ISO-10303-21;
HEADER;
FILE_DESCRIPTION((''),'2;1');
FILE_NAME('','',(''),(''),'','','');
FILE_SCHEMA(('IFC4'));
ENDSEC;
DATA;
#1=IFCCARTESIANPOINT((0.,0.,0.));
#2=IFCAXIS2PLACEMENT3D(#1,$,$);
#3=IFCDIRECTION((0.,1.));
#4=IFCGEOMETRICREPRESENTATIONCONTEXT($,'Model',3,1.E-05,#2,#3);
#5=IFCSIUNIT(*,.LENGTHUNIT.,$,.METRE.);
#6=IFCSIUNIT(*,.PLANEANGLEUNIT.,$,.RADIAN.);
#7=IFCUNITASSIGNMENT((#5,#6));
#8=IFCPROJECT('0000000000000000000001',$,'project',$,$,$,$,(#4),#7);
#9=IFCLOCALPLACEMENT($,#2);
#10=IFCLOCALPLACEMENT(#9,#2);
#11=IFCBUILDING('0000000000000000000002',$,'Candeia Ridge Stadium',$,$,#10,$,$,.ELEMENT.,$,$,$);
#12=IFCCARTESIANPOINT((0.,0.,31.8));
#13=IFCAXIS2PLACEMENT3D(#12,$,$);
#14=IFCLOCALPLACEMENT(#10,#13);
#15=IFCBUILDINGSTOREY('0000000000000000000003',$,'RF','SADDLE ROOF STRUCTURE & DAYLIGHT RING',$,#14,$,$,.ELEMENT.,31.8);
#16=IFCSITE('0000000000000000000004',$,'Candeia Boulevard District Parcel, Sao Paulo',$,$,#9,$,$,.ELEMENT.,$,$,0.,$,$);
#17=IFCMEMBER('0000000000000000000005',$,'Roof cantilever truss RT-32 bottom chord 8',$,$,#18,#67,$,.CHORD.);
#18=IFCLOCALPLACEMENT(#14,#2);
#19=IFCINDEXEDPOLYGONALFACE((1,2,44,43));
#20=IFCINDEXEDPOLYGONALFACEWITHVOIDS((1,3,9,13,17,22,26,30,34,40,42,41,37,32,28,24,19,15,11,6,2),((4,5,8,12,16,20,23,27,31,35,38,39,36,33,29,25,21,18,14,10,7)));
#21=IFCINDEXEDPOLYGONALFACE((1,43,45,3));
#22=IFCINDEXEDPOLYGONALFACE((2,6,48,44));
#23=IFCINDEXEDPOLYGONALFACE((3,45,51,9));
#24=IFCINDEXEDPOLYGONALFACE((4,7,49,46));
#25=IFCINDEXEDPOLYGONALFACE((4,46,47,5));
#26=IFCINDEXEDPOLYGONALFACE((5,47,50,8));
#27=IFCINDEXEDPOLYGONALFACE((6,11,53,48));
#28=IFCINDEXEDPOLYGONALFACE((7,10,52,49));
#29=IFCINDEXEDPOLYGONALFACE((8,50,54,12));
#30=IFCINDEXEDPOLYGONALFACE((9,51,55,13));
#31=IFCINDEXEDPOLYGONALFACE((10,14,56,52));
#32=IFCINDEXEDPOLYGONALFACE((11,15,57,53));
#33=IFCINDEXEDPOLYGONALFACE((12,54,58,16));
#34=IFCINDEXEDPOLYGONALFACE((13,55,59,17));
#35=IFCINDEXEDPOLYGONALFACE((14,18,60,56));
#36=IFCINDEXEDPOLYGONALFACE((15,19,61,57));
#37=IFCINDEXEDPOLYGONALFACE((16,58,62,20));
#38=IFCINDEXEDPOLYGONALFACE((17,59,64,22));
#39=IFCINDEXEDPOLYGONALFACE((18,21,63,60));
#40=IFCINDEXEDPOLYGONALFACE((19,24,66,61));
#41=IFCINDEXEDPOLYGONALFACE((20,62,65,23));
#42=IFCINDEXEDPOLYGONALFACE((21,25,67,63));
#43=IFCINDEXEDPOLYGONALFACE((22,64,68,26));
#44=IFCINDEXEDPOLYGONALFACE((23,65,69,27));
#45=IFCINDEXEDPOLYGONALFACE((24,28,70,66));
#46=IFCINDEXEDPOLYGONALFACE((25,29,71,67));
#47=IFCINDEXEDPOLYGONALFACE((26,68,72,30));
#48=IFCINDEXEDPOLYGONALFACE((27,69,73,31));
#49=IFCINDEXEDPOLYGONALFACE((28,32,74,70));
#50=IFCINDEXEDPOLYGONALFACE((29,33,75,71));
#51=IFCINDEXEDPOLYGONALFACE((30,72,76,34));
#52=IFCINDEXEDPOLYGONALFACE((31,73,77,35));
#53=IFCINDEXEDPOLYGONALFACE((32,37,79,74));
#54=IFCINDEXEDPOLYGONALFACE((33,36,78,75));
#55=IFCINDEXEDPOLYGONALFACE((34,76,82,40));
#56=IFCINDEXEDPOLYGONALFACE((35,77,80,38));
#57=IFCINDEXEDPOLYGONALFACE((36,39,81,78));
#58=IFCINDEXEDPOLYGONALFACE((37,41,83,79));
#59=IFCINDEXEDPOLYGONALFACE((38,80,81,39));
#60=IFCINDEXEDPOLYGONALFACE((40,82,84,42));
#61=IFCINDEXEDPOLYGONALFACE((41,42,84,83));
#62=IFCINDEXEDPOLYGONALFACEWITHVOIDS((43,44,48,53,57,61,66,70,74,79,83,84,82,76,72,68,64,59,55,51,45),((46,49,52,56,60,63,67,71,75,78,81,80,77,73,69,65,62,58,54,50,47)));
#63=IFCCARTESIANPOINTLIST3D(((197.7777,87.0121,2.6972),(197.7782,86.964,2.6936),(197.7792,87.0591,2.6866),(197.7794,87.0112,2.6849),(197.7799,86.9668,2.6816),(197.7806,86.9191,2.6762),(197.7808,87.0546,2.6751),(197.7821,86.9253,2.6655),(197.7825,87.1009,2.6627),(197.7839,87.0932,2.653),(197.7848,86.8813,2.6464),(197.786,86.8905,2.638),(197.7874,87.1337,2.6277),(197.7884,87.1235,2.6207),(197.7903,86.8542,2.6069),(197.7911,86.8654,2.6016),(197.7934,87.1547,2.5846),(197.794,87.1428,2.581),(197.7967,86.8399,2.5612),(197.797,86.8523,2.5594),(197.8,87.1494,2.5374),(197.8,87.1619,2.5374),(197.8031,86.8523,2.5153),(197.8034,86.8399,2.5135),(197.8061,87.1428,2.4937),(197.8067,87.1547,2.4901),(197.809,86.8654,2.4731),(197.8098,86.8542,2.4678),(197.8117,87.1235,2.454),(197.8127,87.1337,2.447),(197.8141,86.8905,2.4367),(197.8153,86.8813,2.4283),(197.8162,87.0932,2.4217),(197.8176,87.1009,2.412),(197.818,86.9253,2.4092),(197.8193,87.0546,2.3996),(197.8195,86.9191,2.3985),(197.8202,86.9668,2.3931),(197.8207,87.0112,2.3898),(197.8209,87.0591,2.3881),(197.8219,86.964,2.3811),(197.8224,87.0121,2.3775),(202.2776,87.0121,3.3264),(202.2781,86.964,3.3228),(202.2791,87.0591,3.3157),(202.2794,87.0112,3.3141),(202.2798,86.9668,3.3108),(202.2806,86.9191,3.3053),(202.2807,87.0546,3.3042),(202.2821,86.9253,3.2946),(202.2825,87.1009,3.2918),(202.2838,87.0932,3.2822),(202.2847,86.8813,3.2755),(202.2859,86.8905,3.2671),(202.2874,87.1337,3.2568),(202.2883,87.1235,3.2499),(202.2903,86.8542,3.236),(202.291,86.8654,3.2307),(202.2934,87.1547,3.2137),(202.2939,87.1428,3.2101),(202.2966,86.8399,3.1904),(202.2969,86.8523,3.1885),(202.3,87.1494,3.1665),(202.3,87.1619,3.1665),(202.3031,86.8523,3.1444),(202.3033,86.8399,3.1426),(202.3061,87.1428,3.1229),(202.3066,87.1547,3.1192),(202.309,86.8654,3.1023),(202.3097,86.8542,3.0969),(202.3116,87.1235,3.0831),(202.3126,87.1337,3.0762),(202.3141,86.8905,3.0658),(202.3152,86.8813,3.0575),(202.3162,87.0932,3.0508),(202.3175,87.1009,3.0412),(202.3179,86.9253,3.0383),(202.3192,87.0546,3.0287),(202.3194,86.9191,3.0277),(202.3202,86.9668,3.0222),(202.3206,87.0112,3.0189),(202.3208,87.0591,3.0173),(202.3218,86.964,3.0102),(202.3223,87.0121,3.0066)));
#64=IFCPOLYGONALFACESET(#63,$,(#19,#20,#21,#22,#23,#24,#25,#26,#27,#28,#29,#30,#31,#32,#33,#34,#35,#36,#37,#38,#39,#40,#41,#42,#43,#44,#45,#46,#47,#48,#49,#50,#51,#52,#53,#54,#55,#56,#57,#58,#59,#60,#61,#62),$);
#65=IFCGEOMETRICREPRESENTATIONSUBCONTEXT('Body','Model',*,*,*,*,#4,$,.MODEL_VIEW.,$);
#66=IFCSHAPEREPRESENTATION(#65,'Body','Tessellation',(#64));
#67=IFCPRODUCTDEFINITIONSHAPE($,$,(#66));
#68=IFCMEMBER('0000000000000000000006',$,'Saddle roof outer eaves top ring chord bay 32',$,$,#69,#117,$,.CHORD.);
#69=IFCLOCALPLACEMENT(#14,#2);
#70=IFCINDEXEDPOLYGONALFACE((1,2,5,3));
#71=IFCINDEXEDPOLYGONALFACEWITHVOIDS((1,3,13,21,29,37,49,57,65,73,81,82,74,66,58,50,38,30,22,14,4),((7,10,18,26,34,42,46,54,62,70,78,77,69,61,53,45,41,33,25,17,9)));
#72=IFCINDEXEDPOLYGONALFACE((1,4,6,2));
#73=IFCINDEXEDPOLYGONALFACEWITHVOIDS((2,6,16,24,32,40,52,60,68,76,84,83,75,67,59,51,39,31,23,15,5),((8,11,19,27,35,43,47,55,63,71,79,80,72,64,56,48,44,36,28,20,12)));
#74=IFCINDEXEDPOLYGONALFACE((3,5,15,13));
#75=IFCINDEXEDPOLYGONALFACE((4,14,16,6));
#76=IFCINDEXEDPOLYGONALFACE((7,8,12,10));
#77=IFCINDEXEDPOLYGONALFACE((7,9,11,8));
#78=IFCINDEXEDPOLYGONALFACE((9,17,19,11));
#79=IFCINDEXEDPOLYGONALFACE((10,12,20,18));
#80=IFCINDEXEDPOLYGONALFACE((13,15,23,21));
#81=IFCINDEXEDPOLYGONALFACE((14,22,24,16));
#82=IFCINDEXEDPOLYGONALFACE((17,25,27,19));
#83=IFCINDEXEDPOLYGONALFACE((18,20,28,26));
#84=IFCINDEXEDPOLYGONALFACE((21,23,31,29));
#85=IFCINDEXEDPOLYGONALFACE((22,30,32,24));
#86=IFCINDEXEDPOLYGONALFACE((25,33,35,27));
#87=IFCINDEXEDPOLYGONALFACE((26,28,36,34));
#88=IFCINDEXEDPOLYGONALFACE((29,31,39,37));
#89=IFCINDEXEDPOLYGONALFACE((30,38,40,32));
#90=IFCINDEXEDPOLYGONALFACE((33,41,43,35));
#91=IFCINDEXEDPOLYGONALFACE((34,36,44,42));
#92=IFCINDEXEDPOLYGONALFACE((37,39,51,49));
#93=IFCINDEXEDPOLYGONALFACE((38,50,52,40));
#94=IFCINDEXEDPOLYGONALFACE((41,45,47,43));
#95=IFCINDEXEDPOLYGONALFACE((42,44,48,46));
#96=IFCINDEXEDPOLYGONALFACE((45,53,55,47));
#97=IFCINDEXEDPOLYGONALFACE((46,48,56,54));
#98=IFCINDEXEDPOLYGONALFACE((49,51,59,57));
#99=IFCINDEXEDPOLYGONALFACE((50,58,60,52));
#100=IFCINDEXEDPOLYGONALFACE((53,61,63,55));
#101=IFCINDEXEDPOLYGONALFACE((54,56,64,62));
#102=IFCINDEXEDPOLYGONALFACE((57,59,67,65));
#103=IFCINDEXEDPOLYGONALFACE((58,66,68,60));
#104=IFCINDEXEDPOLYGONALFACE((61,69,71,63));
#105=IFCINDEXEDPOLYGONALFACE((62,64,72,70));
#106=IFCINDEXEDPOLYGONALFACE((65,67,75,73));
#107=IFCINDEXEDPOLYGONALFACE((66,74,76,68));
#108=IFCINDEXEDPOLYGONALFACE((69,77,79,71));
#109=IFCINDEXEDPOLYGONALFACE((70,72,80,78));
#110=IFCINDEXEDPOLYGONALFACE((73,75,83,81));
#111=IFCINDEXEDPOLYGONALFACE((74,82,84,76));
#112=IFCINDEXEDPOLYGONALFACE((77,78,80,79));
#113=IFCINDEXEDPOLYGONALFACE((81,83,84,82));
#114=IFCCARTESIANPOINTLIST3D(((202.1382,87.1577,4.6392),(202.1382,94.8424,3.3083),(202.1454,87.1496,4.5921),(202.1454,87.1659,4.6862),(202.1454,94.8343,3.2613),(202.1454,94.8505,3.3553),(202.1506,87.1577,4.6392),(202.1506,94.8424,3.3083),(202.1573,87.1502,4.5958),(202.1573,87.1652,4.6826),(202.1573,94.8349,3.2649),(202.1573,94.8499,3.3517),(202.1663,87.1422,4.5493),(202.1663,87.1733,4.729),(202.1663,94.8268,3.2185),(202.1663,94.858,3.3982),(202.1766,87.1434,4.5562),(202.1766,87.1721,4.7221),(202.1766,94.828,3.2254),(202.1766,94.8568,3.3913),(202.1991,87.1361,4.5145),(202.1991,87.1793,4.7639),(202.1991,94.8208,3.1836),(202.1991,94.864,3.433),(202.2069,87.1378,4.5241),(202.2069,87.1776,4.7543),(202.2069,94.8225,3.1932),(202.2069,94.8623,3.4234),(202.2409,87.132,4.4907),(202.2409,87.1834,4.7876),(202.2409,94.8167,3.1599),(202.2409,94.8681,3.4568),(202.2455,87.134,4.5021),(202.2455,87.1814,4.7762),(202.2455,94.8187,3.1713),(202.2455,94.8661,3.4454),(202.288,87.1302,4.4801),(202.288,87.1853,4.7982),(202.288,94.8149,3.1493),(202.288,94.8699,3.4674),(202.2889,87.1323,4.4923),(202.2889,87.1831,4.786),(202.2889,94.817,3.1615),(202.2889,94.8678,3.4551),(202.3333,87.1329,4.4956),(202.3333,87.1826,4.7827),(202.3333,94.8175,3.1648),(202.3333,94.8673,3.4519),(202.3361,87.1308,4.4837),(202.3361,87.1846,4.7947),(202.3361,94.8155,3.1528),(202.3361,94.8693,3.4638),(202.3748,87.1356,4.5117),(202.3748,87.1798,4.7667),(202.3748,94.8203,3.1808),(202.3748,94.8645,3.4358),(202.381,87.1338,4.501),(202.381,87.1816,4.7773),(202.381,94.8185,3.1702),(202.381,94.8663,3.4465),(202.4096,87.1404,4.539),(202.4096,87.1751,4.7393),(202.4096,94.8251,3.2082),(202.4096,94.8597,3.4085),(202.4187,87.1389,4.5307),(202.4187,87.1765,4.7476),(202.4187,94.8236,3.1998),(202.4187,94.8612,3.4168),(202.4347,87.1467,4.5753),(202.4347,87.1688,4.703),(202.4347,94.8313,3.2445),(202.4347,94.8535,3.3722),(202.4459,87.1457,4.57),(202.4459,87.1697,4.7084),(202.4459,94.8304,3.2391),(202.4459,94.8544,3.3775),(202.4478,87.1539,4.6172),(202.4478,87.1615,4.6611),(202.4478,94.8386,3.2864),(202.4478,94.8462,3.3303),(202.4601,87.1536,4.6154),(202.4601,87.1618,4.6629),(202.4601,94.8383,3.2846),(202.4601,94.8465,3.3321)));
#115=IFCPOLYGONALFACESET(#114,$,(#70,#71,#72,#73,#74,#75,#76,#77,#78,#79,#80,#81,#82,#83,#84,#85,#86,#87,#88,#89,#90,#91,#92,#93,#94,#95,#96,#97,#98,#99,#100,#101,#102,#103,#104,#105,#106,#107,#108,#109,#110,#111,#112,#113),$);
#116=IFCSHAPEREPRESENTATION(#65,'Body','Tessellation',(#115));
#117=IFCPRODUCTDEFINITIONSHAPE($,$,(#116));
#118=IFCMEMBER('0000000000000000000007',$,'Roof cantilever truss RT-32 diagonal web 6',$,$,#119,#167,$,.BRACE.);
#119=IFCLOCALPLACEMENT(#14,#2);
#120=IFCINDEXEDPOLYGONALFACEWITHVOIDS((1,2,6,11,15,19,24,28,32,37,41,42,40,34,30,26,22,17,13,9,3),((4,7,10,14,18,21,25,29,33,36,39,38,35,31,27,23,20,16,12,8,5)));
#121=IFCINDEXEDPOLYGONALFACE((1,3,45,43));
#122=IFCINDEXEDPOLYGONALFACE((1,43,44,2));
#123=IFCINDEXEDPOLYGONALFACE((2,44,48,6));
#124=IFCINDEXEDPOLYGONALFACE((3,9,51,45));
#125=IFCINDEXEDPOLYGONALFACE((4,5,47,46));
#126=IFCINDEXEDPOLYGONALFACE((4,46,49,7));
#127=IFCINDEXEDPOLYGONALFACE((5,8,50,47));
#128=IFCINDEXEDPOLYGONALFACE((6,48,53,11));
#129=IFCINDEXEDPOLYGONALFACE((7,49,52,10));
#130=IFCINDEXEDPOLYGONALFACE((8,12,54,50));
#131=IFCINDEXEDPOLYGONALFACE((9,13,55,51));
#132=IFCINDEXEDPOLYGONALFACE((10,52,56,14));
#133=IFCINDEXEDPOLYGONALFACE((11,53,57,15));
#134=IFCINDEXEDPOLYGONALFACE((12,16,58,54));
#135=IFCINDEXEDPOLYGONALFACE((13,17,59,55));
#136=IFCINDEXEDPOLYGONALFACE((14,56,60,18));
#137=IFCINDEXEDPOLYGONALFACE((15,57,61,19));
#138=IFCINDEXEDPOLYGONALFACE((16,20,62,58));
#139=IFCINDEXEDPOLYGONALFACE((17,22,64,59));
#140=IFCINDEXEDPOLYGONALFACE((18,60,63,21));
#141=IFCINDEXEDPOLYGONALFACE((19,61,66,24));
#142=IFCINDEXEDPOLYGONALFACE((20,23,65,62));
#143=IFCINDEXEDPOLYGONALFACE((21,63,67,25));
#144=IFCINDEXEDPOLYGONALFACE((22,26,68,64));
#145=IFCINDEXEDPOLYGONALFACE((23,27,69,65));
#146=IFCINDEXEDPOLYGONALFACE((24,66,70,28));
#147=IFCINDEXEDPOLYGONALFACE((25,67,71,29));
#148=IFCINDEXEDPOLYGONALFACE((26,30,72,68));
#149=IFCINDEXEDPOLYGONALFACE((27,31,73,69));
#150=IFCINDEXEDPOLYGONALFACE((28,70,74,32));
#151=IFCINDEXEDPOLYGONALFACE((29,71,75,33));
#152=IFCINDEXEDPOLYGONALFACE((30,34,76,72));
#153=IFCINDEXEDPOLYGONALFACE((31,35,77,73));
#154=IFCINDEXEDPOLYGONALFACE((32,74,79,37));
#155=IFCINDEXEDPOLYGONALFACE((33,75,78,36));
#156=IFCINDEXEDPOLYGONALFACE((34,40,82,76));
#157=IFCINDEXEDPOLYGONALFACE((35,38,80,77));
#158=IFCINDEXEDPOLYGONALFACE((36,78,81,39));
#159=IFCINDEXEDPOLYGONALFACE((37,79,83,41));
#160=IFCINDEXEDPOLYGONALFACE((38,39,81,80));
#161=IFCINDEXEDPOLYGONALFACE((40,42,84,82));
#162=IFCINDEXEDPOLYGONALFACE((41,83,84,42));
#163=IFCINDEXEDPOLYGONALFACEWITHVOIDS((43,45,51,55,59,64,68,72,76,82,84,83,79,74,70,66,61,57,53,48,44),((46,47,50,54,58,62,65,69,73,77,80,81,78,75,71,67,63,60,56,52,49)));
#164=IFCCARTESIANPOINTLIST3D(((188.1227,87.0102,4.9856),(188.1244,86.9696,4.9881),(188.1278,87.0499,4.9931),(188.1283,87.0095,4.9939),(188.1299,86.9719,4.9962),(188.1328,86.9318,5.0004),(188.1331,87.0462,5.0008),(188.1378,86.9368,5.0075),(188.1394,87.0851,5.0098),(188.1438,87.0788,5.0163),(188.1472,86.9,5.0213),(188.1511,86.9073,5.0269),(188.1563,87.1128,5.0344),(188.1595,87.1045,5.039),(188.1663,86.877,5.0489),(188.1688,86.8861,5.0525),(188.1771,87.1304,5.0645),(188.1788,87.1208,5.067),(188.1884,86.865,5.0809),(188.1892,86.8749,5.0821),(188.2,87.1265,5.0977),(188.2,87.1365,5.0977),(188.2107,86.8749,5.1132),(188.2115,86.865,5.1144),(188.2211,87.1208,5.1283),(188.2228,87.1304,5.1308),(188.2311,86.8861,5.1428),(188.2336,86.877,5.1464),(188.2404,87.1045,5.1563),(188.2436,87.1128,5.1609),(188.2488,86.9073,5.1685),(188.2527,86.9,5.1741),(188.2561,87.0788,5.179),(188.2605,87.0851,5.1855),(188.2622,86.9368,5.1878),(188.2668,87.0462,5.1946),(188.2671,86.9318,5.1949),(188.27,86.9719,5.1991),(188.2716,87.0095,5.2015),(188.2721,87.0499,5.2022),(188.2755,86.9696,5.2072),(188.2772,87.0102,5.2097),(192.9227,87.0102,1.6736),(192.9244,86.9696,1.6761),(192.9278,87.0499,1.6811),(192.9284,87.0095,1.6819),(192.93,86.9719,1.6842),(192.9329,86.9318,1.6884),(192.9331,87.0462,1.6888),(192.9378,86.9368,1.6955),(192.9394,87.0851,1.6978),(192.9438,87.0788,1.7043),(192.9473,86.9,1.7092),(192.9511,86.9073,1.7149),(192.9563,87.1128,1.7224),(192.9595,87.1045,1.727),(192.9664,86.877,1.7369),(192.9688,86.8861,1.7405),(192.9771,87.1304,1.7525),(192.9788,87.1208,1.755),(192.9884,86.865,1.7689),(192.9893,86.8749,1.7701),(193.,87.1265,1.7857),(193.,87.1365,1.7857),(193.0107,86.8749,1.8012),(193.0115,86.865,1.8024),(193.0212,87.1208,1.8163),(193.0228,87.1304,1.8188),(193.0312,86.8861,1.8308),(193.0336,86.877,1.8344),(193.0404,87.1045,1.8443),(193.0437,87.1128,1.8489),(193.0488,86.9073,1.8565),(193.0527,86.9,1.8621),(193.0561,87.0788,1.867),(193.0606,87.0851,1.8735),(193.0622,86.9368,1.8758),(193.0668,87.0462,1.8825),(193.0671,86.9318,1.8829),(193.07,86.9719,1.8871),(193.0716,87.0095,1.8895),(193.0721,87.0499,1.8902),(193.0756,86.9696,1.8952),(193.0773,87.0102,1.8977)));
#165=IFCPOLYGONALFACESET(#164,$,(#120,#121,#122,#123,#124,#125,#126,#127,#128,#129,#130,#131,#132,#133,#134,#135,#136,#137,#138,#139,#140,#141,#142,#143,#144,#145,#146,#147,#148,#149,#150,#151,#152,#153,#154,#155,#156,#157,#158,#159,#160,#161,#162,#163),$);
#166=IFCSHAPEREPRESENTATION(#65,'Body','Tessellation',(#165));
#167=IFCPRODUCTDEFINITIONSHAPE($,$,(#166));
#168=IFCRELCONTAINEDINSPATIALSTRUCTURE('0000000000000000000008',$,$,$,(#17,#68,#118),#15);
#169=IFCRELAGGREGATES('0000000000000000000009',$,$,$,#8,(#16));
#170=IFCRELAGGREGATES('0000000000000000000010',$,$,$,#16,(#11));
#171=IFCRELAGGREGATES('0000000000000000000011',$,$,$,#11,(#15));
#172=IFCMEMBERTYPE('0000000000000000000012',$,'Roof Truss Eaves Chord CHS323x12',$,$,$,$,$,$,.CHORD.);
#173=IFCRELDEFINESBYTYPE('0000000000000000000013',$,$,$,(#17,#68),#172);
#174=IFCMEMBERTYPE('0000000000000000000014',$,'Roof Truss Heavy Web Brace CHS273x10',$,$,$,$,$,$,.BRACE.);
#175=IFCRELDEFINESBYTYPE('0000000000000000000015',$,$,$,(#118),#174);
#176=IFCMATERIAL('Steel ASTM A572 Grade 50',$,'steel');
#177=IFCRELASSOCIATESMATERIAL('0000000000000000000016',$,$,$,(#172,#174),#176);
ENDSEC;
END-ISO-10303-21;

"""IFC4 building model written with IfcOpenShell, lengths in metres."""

from ifc_helpers import new_model, si_unit, direction, frame, origin, origin_2d, place, context, subcontext, project, spatial, hollow_circle, extrude, material, material_profile, profile_set, type_object, element, save


model = new_model("IFC4")

# Units and contexts
model_context = context("Model", 3, precision=1e-05, world=origin(), true_north=direction((0.0, 1.0)))
body_context = subcontext(model_context, "Body", "Model", "MODEL_VIEW")
ifc_project = project(units=[si_unit("LENGTHUNIT", "METRE"), si_unit("PLANEANGLEUNIT", "RADIAN")], contexts=[model_context])

# Site, building, storey
site_placement = place(None, origin())
site = spatial("IfcSite", under=ifc_project, at=site_placement, Name="Candeia Boulevard District Parcel, Sao Paulo", CompositionType="ELEMENT", RefElevation=0.0)
building_placement = place(site_placement, origin())
building = spatial("IfcBuilding", under=site, at=building_placement, Name="Candeia Ridge Stadium", CompositionType="ELEMENT")
storey_placement = place(building_placement, frame((0.0, 0.0, 31.8)))
storey = spatial("IfcBuildingStorey", under=building, at=storey_placement, Name="RF", Description="SADDLE ROOF STRUCTURE & DAYLIGHT RING", CompositionType="ELEMENT", Elevation=31.8)

# Shared definitions
ifc_material_1 = material(Name="Steel ASTM A572 Grade 50", Category="steel")

# Members
ifc_material_profile_1 = material_profile(ifc_material_1, hollow_circle(Radius=0.1619, WallThickness=0.0125, at=origin_2d()), Name="CHS323x12", Category="steel")
ifc_profile_set_1 = profile_set([ifc_material_profile_1], Name="Steel ASTM A572 Grade 50")
member_type_1 = type_object("IfcMemberType", Name="Roof Truss Eaves Chord CHS323x12", PredefinedType="CHORD", material=ifc_profile_set_1)
member_1_placement = place(storey_placement, frame((197.8, 87.0, 2.5374), z_axis=(0.990367, 0.0, 0.138464), x_axis=(0.0, 1.0, 0.0)))
element("IfcMember", 1, at=member_1_placement, inside=storey, type_object=member_type_1, Name="Roof cantilever truss RT-32 bottom chord 8", PredefinedType="CHORD", context=body_context, shape_type="SweptSolid", body=[
    extrude(hollow_circle(Radius=0.1619, WallThickness=0.0125, at=origin_2d()), origin(), (0.0, 0.0, 1.0), 4.5437),
])
member_2_placement = place(storey_placement, frame((202.3, 87.1577, 4.6392), z_axis=(0.0, 0.985334, -0.17064), x_axis=(-1.0, 0.0, 0.0)))
element("IfcMember", 2, at=member_2_placement, inside=storey, type_object=member_type_1, Name="Saddle roof outer eaves top ring chord bay 32", PredefinedType="CHORD", context=body_context, shape_type="SweptSolid", body=[
    extrude(hollow_circle(Radius=0.1619, WallThickness=0.0125, at=origin_2d()), origin(), (0.0, 0.0, 1.0), 7.7991),
])
ifc_material_profile_2 = material_profile(ifc_material_1, hollow_circle(Radius=0.1365, WallThickness=0.01, at=origin_2d()), Name="CHS273x10", Category="steel")
ifc_profile_set_2 = profile_set([ifc_material_profile_2], Name="Steel ASTM A572 Grade 50")
member_type_2 = type_object("IfcMemberType", Name="Roof Truss Heavy Web Brace CHS273x10", PredefinedType="BRACE", material=ifc_profile_set_2)
member_3_placement = place(storey_placement, frame((188.2, 87.0, 5.0977), z_axis=(0.823082, 0.0, -0.567923), x_axis=(0.0, 1.0, 0.0)))
element("IfcMember", 3, at=member_3_placement, inside=storey, type_object=member_type_2, Name="Roof cantilever truss RT-32 diagonal web 6", PredefinedType="BRACE", context=body_context, shape_type="SweptSolid", body=[
    extrude(hollow_circle(Radius=0.1365, WallThickness=0.01, at=origin_2d()), origin(), (0.0, 0.0, 1.0), 5.8318),
])

save(model, "model.ifc")
